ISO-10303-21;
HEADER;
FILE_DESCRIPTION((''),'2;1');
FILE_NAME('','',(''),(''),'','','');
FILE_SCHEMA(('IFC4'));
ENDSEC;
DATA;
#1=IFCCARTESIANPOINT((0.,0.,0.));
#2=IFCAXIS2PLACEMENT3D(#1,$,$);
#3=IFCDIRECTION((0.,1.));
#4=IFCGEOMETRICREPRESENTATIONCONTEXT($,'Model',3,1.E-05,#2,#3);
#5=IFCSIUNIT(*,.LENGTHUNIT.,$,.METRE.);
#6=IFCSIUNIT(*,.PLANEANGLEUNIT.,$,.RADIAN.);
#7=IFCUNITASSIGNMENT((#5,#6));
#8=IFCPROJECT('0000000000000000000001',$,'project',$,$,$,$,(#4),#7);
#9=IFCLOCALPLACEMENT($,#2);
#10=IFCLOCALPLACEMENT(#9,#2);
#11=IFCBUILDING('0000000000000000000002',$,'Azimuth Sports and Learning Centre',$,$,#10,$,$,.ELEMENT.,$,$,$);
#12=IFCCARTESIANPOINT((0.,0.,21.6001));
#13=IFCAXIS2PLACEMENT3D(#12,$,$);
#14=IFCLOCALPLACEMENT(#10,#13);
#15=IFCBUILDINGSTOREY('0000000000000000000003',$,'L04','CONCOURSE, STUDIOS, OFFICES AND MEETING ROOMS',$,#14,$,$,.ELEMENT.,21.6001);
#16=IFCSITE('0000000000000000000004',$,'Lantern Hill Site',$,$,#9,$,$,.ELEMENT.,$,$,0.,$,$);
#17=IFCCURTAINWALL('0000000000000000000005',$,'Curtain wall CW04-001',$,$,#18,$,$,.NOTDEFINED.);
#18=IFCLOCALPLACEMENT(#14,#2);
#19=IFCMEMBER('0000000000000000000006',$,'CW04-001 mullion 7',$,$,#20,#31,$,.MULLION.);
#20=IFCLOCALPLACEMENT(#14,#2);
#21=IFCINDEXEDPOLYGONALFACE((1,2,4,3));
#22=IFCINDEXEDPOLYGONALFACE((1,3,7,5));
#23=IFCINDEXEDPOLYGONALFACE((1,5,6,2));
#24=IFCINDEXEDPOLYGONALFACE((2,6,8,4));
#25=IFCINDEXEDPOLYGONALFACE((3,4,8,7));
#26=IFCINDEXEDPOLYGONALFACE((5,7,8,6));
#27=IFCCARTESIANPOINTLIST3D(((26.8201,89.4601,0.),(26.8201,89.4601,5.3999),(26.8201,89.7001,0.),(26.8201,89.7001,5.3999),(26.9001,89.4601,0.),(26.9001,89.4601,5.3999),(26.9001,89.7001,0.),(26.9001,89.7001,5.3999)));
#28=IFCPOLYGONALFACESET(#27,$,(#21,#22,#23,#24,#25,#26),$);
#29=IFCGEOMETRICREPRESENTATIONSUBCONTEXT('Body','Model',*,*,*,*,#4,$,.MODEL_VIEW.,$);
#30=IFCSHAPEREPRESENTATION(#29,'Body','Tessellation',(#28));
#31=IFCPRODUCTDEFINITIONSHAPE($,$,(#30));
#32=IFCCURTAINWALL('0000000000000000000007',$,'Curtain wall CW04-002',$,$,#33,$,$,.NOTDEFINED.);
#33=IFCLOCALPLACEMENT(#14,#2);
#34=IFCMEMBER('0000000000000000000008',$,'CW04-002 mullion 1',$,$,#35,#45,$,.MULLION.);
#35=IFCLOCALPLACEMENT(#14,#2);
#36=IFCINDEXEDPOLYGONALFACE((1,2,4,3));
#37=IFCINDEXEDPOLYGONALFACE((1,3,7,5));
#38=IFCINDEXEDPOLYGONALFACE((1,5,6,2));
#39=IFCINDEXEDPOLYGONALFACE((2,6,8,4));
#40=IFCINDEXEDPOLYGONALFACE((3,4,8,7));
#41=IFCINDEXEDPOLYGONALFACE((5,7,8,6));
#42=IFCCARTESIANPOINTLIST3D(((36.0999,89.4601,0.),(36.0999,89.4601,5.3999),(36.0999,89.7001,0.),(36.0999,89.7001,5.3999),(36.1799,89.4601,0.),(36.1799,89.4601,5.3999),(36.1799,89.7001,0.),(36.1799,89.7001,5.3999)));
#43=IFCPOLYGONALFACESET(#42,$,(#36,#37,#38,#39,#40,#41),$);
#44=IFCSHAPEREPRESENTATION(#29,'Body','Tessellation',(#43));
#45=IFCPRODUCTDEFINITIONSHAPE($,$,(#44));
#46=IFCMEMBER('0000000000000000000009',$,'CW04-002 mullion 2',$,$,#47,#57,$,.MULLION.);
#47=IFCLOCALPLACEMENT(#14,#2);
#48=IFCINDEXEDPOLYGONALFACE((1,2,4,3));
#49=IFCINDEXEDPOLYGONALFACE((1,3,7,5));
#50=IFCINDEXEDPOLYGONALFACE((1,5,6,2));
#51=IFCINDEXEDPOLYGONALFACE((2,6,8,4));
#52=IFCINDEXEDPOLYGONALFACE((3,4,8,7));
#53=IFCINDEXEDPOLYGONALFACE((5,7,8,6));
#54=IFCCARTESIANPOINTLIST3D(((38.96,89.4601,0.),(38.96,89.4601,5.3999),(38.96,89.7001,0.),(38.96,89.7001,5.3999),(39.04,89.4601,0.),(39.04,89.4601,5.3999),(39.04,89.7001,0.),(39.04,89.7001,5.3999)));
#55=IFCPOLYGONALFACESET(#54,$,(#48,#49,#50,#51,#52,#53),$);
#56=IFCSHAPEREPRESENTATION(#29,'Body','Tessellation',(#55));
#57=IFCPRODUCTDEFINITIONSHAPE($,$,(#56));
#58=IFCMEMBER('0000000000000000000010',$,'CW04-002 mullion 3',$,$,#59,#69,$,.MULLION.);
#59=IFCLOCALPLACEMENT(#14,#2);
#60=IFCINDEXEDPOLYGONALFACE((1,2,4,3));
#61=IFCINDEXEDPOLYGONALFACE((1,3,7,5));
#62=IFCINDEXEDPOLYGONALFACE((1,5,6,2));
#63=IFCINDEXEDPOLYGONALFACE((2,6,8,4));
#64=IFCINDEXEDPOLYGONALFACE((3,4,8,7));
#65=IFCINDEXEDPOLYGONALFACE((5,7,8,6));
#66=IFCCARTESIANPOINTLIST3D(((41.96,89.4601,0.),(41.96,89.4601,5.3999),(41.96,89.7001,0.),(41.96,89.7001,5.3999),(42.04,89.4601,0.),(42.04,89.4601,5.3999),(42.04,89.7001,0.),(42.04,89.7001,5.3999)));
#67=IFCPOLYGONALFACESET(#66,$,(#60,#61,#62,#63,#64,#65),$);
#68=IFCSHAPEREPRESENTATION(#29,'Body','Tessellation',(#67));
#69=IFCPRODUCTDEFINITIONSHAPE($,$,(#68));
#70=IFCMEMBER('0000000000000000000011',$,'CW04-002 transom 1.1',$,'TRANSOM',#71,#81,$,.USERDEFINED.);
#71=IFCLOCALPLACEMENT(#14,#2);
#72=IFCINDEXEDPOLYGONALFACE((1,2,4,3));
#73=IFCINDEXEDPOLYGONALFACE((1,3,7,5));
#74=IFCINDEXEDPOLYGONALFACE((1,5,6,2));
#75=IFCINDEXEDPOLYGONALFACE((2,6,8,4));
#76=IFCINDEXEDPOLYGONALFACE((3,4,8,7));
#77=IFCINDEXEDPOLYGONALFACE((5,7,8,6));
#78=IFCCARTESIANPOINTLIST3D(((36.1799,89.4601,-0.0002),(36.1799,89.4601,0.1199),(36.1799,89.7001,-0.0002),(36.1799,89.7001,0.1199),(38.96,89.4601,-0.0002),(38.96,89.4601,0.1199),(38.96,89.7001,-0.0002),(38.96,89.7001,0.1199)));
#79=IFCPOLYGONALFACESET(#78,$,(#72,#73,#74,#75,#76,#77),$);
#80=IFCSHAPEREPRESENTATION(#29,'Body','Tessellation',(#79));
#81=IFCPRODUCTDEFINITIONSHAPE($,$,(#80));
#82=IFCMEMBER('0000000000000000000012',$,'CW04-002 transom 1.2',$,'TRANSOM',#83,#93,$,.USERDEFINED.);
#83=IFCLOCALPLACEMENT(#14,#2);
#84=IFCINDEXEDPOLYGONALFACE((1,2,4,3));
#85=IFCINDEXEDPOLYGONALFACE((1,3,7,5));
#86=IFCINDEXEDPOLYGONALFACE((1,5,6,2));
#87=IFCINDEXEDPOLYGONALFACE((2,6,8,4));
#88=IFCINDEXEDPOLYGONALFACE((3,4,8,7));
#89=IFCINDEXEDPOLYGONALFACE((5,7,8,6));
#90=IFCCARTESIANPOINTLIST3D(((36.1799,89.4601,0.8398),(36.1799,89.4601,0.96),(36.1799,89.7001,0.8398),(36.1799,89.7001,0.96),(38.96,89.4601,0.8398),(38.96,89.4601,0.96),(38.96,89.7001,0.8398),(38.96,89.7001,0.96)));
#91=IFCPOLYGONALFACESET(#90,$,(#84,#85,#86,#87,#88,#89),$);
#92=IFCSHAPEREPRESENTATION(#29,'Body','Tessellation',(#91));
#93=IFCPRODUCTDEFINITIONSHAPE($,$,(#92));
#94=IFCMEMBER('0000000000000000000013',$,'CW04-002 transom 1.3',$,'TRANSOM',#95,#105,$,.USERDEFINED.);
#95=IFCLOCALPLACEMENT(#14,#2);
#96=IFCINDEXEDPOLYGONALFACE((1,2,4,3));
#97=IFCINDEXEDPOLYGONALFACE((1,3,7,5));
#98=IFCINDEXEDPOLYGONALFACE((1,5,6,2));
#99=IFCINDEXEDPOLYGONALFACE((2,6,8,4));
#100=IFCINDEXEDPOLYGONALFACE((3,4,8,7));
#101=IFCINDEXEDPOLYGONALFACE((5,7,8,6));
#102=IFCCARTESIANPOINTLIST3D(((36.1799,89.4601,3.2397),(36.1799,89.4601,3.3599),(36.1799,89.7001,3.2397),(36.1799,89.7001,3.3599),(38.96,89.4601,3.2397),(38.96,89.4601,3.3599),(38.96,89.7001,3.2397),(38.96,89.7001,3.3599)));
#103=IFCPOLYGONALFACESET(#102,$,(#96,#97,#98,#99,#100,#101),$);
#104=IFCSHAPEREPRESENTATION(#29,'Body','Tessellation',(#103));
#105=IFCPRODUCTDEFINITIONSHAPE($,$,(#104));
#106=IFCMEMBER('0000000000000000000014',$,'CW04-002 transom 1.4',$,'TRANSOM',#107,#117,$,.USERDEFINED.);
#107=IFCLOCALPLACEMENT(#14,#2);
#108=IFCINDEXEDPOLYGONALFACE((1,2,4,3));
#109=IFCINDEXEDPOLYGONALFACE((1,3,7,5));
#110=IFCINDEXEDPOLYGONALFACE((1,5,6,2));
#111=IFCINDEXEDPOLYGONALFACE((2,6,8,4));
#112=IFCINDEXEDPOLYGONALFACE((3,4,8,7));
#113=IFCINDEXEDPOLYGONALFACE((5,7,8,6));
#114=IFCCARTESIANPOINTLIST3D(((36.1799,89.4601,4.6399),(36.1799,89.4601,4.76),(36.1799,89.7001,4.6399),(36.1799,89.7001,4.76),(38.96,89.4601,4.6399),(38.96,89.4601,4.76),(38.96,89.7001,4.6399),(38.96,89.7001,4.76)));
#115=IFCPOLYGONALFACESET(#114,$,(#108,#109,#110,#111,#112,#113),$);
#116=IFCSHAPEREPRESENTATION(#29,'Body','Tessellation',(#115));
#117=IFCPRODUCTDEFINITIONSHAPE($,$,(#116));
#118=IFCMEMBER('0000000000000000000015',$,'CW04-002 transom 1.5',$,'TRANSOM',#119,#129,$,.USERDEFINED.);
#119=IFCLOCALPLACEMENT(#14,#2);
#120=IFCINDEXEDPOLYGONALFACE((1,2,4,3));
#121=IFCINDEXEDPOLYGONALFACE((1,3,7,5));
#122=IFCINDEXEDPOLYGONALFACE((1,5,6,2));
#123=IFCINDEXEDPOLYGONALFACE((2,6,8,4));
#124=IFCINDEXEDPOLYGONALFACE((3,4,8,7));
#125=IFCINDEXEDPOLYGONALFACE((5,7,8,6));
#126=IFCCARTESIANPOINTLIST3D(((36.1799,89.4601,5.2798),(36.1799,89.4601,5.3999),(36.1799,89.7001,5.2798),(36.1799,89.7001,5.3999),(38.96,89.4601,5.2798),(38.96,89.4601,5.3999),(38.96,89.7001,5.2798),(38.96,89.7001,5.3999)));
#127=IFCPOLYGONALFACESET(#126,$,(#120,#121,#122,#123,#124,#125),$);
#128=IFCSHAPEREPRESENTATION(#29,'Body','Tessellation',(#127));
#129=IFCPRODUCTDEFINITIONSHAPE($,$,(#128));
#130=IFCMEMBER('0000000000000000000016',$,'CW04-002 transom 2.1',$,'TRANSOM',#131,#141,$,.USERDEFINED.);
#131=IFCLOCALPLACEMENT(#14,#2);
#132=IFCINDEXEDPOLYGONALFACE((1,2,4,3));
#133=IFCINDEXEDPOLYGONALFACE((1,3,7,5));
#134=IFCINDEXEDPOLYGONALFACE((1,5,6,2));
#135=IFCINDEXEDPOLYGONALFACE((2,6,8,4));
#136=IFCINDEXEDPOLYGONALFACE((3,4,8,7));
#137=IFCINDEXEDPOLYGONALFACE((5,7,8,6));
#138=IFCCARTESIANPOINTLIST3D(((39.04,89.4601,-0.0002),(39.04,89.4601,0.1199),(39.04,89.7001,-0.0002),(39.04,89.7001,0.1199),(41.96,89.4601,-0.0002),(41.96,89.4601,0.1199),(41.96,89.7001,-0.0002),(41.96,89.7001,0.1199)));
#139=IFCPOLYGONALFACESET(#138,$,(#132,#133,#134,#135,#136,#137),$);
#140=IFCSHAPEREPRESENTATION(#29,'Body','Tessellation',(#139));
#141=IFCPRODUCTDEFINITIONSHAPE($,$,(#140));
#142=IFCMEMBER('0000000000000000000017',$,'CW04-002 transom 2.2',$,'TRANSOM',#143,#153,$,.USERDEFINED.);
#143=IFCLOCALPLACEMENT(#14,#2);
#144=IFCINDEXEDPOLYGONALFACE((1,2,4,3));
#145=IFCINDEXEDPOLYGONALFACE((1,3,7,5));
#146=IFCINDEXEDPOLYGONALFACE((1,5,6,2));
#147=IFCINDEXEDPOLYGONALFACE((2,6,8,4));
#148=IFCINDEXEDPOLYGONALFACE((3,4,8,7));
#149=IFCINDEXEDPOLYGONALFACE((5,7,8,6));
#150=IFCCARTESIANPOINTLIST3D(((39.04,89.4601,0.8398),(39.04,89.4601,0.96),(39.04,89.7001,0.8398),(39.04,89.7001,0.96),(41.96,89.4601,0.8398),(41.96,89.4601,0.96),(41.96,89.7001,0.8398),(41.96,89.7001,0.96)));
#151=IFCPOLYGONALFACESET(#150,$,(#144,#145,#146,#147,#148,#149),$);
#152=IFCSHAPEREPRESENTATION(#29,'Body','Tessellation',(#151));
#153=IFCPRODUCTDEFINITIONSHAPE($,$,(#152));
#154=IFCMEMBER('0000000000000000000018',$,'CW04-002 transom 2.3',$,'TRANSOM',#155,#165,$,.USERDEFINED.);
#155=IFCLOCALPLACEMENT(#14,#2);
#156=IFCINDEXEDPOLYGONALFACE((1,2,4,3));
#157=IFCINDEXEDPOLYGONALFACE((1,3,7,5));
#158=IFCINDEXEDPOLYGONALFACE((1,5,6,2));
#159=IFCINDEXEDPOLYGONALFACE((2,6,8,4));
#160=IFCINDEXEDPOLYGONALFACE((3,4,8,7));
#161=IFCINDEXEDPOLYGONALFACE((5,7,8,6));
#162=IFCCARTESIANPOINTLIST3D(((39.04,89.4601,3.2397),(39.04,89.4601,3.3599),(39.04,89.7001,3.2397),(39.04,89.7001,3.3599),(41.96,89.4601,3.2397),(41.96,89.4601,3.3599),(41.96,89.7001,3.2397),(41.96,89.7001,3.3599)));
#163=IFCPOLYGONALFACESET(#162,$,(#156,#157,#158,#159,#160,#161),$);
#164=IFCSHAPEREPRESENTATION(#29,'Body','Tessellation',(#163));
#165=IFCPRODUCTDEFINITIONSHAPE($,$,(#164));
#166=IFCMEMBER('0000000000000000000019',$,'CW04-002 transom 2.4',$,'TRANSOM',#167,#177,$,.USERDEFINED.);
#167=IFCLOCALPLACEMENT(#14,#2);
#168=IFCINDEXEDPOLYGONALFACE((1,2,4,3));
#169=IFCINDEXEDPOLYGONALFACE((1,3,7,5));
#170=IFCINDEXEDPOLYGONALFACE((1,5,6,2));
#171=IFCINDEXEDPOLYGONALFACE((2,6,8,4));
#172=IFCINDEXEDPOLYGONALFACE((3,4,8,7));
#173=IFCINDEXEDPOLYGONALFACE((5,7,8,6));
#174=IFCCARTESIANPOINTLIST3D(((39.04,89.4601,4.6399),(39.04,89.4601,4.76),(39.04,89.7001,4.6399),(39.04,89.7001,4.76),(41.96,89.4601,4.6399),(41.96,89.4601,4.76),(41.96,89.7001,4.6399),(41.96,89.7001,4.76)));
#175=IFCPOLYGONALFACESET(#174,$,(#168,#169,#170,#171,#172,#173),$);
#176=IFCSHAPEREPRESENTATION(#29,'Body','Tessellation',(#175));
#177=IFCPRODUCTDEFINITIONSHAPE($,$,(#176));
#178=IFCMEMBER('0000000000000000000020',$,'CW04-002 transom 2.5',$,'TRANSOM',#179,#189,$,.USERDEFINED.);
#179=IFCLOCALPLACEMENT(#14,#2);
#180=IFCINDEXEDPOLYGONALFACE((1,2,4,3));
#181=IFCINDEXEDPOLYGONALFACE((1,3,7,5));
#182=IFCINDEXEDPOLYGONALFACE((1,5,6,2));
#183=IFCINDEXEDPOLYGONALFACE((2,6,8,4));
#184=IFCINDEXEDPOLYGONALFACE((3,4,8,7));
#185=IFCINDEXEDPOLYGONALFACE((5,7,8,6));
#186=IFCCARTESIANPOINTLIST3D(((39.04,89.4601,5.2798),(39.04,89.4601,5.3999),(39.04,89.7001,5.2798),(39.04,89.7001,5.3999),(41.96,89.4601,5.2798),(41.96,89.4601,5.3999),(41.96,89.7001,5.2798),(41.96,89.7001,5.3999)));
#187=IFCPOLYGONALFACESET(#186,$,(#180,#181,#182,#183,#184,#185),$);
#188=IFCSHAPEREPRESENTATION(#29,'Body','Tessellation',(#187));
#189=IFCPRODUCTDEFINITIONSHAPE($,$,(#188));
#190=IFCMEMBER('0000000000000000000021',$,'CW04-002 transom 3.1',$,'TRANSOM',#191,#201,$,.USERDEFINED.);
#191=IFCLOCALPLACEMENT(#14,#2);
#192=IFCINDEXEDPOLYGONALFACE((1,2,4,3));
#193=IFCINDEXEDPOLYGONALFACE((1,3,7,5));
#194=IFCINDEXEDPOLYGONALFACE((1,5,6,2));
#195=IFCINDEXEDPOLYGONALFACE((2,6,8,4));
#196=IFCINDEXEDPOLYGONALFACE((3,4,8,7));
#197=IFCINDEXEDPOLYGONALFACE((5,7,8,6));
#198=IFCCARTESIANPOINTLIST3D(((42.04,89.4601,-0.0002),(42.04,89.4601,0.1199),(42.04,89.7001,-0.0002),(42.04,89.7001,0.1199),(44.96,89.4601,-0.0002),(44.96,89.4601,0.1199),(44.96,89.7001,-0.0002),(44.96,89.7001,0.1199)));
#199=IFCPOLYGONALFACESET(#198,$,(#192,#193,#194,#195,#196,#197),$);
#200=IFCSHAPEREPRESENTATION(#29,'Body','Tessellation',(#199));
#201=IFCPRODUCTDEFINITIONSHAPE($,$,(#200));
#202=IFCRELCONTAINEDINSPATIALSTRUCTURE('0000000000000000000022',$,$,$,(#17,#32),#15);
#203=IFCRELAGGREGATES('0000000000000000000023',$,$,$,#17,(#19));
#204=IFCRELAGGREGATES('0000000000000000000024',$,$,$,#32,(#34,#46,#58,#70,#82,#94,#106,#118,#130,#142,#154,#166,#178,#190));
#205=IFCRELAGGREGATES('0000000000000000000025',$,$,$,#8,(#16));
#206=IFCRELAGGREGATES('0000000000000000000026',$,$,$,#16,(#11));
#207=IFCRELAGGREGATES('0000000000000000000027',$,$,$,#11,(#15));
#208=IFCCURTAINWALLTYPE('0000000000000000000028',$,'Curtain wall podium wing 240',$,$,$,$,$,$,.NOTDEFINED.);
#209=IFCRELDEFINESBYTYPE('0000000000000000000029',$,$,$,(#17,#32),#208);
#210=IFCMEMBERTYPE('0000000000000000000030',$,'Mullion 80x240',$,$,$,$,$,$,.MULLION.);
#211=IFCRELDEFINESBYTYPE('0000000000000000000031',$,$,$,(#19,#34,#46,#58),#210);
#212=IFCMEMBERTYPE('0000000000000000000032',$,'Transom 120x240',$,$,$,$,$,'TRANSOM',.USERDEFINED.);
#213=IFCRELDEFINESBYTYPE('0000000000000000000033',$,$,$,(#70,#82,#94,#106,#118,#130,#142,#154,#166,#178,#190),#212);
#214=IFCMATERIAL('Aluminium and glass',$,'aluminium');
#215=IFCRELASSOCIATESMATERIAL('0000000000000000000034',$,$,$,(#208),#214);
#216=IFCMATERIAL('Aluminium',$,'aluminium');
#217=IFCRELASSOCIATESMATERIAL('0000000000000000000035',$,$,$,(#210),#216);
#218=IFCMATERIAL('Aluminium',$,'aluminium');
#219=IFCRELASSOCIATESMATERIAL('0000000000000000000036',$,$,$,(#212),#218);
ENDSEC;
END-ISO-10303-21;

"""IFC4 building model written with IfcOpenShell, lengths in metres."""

from ifc_helpers import new_model, si_unit, direction, frame, origin, origin_2d, place, context, subcontext, project, spatial, rectangle, extrude, material, material_profile, profile_set, type_object, element, aggregate, save


model = new_model("IFC4")

# Units and contexts
model_context = context("Model", 3, precision=1e-05, world=origin(), true_north=direction((0.0, 1.0)))
body_context = subcontext(model_context, "Body", "Model", "MODEL_VIEW")
ifc_project = project(units=[si_unit("LENGTHUNIT", "METRE"), si_unit("PLANEANGLEUNIT", "RADIAN")], contexts=[model_context])

# Site, building, storey
site_placement = place(None, origin())
site = spatial("IfcSite", under=ifc_project, at=site_placement, Name="Lantern Hill Site", CompositionType="ELEMENT", RefElevation=0.0)
building_placement = place(site_placement, origin())
building = spatial("IfcBuilding", under=site, at=building_placement, Name="Azimuth Sports and Learning Centre", CompositionType="ELEMENT")
storey_placement = place(building_placement, frame((0.0, 0.0, 21.6001)))
storey = spatial("IfcBuildingStorey", under=building, at=storey_placement, Name="L04", Description="CONCOURSE, STUDIOS, OFFICES AND MEETING ROOMS", CompositionType="ELEMENT", Elevation=21.6001)

# Curtain wall, member
ifc_material_1 = material(Name="Aluminium and glass", Category="aluminium")
curtain_wall_type = type_object("IfcCurtainWallType", Name="Curtain wall podium wing 240", PredefinedType="NOTDEFINED", material=ifc_material_1)
curtain_wall_1_placement = place(storey_placement, origin())
curtain_wall_1 = element("IfcCurtainWall", 1, at=curtain_wall_1_placement, inside=storey, type_object=curtain_wall_type, Name="Curtain wall CW04-001", PredefinedType="NOTDEFINED")
ifc_material_2 = material(Name="Aluminium", Category="aluminium")
ifc_material_profile_1 = material_profile(ifc_material_2, rectangle(XDim=0.24, YDim=0.0801, at=origin_2d()), Name="Mullion 80x240")
ifc_profile_set_1 = profile_set([ifc_material_profile_1], Name="Aluminium")
member_type_1 = type_object("IfcMemberType", Name="Mullion 80x240", PredefinedType="MULLION", material=ifc_profile_set_1)
member_1_placement = place(storey_placement, frame((26.8601, 89.5801, 0.0), z_axis=(0.0, 0.0, 1.0), x_axis=(0.0, 1.0, 0.0)))
member_1 = element("IfcMember", 2, at=member_1_placement, type_object=member_type_1, Name="CW04-001 mullion 7", PredefinedType="MULLION", context=body_context, shape_type="SweptSolid", body=[
    extrude(rectangle(XDim=0.24, YDim=0.0801, at=origin_2d()), origin(), (0.0, 0.0, 1.0), 5.3999),
])

# Curtain wall, members
curtain_wall_2_placement = place(storey_placement, origin())
curtain_wall_2 = element("IfcCurtainWall", 3, at=curtain_wall_2_placement, inside=storey, type_object=curtain_wall_type, Name="Curtain wall CW04-002", PredefinedType="NOTDEFINED")
member_2_placement = place(storey_placement, frame((36.1399, 89.5801, 0.0), z_axis=(0.0, 0.0, 1.0), x_axis=(0.0, 1.0, 0.0)))
member_2 = element("IfcMember", 4, at=member_2_placement, type_object=member_type_1, Name="CW04-002 mullion 1", PredefinedType="MULLION", context=body_context, shape_type="SweptSolid", body=[
    extrude(rectangle(XDim=0.24, YDim=0.0801, at=origin_2d()), origin(), (0.0, 0.0, 1.0), 5.3999),
])
member_3_placement = place(storey_placement, frame((39.0, 89.5801, 0.0), z_axis=(0.0, 0.0, 1.0), x_axis=(0.0, 1.0, 0.0)))
member_3 = element("IfcMember", 5, at=member_3_placement, type_object=member_type_1, Name="CW04-002 mullion 2", PredefinedType="MULLION", context=body_context, shape_type="SweptSolid", body=[
    extrude(rectangle(XDim=0.24, YDim=0.0801, at=origin_2d()), origin(), (0.0, 0.0, 1.0), 5.3999),
])
member_4_placement = place(storey_placement, frame((42.0, 89.5801, 0.0), z_axis=(0.0, 0.0, 1.0), x_axis=(0.0, 1.0, 0.0)))
member_4 = element("IfcMember", 6, at=member_4_placement, type_object=member_type_1, Name="CW04-002 mullion 3", PredefinedType="MULLION", context=body_context, shape_type="SweptSolid", body=[
    extrude(rectangle(XDim=0.24, YDim=0.0801, at=origin_2d()), origin(), (0.0, 0.0, 1.0), 5.3999),
])
ifc_material_3 = material(Name="Aluminium", Category="aluminium")
ifc_material_profile_2 = material_profile(ifc_material_3, rectangle(XDim=0.24, YDim=0.1201, at=origin_2d()), Name="Transom 120x240")
ifc_profile_set_2 = profile_set([ifc_material_profile_2], Name="Aluminium")
member_type_2 = type_object("IfcMemberType", Name="Transom 120x240", ElementType="TRANSOM", PredefinedType="USERDEFINED", material=ifc_profile_set_2)
member_5_placement = place(storey_placement, frame((36.1799, 89.5801, 0.0598), z_axis=(1.0, 0.0, 0.0), x_axis=(0.0, 1.0, 0.0)))
member_5 = element("IfcMember", 7, at=member_5_placement, type_object=member_type_2, Name="CW04-002 transom 1.1", ObjectType="TRANSOM", PredefinedType="USERDEFINED", context=body_context, shape_type="SweptSolid", body=[
    extrude(rectangle(XDim=0.24, YDim=0.1201, at=origin_2d()), origin(), (0.0, 0.0, 1.0), 2.78),
])
member_6_placement = place(storey_placement, frame((36.1799, 89.5801, 0.8999), z_axis=(1.0, 0.0, 0.0), x_axis=(0.0, 1.0, 0.0)))
member_6 = element("IfcMember", 8, at=member_6_placement, type_object=member_type_2, Name="CW04-002 transom 1.2", ObjectType="TRANSOM", PredefinedType="USERDEFINED", context=body_context, shape_type="SweptSolid", body=[
    extrude(rectangle(XDim=0.24, YDim=0.1201, at=origin_2d()), origin(), (0.0, 0.0, 1.0), 2.78),
])
member_7_placement = place(storey_placement, frame((36.1799, 89.5801, 3.2998), z_axis=(1.0, 0.0, 0.0), x_axis=(0.0, 1.0, 0.0)))
member_7 = element("IfcMember", 9, at=member_7_placement, type_object=member_type_2, Name="CW04-002 transom 1.3", ObjectType="TRANSOM", PredefinedType="USERDEFINED", context=body_context, shape_type="SweptSolid", body=[
    extrude(rectangle(XDim=0.24, YDim=0.1201, at=origin_2d()), origin(), (0.0, 0.0, 1.0), 2.78),
])
member_8_placement = place(storey_placement, frame((36.1799, 89.5801, 4.7), z_axis=(1.0, 0.0, 0.0), x_axis=(0.0, 1.0, 0.0)))
member_8 = element("IfcMember", 10, at=member_8_placement, type_object=member_type_2, Name="CW04-002 transom 1.4", ObjectType="TRANSOM", PredefinedType="USERDEFINED", context=body_context, shape_type="SweptSolid", body=[
    extrude(rectangle(XDim=0.24, YDim=0.1201, at=origin_2d()), origin(), (0.0, 0.0, 1.0), 2.78),
])
member_9_placement = place(storey_placement, frame((36.1799, 89.5801, 5.3398), z_axis=(1.0, 0.0, 0.0), x_axis=(0.0, 1.0, 0.0)))
member_9 = element("IfcMember", 11, at=member_9_placement, type_object=member_type_2, Name="CW04-002 transom 1.5", ObjectType="TRANSOM", PredefinedType="USERDEFINED", context=body_context, shape_type="SweptSolid", body=[
    extrude(rectangle(XDim=0.24, YDim=0.1201, at=origin_2d()), origin(), (0.0, 0.0, 1.0), 2.78),
])
member_10_placement = place(storey_placement, frame((39.04, 89.5801, 0.0598), z_axis=(1.0, 0.0, 0.0), x_axis=(0.0, 1.0, 0.0)))
member_10 = element("IfcMember", 12, at=member_10_placement, type_object=member_type_2, Name="CW04-002 transom 2.1", ObjectType="TRANSOM", PredefinedType="USERDEFINED", context=body_context, shape_type="SweptSolid", body=[
    extrude(rectangle(XDim=0.24, YDim=0.1201, at=origin_2d()), origin(), (0.0, 0.0, 1.0), 2.9199),
])
member_11_placement = place(storey_placement, frame((39.04, 89.5801, 0.8999), z_axis=(1.0, 0.0, 0.0), x_axis=(0.0, 1.0, 0.0)))
member_11 = element("IfcMember", 13, at=member_11_placement, type_object=member_type_2, Name="CW04-002 transom 2.2", ObjectType="TRANSOM", PredefinedType="USERDEFINED", context=body_context, shape_type="SweptSolid", body=[
    extrude(rectangle(XDim=0.24, YDim=0.1201, at=origin_2d()), origin(), (0.0, 0.0, 1.0), 2.9199),
])
member_12_placement = place(storey_placement, frame((39.04, 89.5801, 3.2998), z_axis=(1.0, 0.0, 0.0), x_axis=(0.0, 1.0, 0.0)))
member_12 = element("IfcMember", 14, at=member_12_placement, type_object=member_type_2, Name="CW04-002 transom 2.3", ObjectType="TRANSOM", PredefinedType="USERDEFINED", context=body_context, shape_type="SweptSolid", body=[
    extrude(rectangle(XDim=0.24, YDim=0.1201, at=origin_2d()), origin(), (0.0, 0.0, 1.0), 2.9199),
])
member_13_placement = place(storey_placement, frame((39.04, 89.5801, 4.7), z_axis=(1.0, 0.0, 0.0), x_axis=(0.0, 1.0, 0.0)))
member_13 = element("IfcMember", 15, at=member_13_placement, type_object=member_type_2, Name="CW04-002 transom 2.4", ObjectType="TRANSOM", PredefinedType="USERDEFINED", context=body_context, shape_type="SweptSolid", body=[
    extrude(rectangle(XDim=0.24, YDim=0.1201, at=origin_2d()), origin(), (0.0, 0.0, 1.0), 2.9199),
])
member_14_placement = place(storey_placement, frame((39.04, 89.5801, 5.3398), z_axis=(1.0, 0.0, 0.0), x_axis=(0.0, 1.0, 0.0)))
member_14 = element("IfcMember", 16, at=member_14_placement, type_object=member_type_2, Name="CW04-002 transom 2.5", ObjectType="TRANSOM", PredefinedType="USERDEFINED", context=body_context, shape_type="SweptSolid", body=[
    extrude(rectangle(XDim=0.24, YDim=0.1201, at=origin_2d()), origin(), (0.0, 0.0, 1.0), 2.9199),
])
member_15_placement = place(storey_placement, frame((42.04, 89.5801, 0.0598), z_axis=(1.0, 0.0, 0.0), x_axis=(0.0, 1.0, 0.0)))
member_15 = element("IfcMember", 17, at=member_15_placement, type_object=member_type_2, Name="CW04-002 transom 3.1", ObjectType="TRANSOM", PredefinedType="USERDEFINED", context=body_context, shape_type="SweptSolid", body=[
    extrude(rectangle(XDim=0.24, YDim=0.1201, at=origin_2d()), origin(), (0.0, 0.0, 1.0), 2.9199),
])

aggregate(curtain_wall_1, [member_1])
aggregate(curtain_wall_2, [member_2, member_3, member_4, member_5, member_6, member_7, member_8, member_9, member_10, member_11, member_12, member_13, member_14, member_15])

save(model, "model.ifc")
